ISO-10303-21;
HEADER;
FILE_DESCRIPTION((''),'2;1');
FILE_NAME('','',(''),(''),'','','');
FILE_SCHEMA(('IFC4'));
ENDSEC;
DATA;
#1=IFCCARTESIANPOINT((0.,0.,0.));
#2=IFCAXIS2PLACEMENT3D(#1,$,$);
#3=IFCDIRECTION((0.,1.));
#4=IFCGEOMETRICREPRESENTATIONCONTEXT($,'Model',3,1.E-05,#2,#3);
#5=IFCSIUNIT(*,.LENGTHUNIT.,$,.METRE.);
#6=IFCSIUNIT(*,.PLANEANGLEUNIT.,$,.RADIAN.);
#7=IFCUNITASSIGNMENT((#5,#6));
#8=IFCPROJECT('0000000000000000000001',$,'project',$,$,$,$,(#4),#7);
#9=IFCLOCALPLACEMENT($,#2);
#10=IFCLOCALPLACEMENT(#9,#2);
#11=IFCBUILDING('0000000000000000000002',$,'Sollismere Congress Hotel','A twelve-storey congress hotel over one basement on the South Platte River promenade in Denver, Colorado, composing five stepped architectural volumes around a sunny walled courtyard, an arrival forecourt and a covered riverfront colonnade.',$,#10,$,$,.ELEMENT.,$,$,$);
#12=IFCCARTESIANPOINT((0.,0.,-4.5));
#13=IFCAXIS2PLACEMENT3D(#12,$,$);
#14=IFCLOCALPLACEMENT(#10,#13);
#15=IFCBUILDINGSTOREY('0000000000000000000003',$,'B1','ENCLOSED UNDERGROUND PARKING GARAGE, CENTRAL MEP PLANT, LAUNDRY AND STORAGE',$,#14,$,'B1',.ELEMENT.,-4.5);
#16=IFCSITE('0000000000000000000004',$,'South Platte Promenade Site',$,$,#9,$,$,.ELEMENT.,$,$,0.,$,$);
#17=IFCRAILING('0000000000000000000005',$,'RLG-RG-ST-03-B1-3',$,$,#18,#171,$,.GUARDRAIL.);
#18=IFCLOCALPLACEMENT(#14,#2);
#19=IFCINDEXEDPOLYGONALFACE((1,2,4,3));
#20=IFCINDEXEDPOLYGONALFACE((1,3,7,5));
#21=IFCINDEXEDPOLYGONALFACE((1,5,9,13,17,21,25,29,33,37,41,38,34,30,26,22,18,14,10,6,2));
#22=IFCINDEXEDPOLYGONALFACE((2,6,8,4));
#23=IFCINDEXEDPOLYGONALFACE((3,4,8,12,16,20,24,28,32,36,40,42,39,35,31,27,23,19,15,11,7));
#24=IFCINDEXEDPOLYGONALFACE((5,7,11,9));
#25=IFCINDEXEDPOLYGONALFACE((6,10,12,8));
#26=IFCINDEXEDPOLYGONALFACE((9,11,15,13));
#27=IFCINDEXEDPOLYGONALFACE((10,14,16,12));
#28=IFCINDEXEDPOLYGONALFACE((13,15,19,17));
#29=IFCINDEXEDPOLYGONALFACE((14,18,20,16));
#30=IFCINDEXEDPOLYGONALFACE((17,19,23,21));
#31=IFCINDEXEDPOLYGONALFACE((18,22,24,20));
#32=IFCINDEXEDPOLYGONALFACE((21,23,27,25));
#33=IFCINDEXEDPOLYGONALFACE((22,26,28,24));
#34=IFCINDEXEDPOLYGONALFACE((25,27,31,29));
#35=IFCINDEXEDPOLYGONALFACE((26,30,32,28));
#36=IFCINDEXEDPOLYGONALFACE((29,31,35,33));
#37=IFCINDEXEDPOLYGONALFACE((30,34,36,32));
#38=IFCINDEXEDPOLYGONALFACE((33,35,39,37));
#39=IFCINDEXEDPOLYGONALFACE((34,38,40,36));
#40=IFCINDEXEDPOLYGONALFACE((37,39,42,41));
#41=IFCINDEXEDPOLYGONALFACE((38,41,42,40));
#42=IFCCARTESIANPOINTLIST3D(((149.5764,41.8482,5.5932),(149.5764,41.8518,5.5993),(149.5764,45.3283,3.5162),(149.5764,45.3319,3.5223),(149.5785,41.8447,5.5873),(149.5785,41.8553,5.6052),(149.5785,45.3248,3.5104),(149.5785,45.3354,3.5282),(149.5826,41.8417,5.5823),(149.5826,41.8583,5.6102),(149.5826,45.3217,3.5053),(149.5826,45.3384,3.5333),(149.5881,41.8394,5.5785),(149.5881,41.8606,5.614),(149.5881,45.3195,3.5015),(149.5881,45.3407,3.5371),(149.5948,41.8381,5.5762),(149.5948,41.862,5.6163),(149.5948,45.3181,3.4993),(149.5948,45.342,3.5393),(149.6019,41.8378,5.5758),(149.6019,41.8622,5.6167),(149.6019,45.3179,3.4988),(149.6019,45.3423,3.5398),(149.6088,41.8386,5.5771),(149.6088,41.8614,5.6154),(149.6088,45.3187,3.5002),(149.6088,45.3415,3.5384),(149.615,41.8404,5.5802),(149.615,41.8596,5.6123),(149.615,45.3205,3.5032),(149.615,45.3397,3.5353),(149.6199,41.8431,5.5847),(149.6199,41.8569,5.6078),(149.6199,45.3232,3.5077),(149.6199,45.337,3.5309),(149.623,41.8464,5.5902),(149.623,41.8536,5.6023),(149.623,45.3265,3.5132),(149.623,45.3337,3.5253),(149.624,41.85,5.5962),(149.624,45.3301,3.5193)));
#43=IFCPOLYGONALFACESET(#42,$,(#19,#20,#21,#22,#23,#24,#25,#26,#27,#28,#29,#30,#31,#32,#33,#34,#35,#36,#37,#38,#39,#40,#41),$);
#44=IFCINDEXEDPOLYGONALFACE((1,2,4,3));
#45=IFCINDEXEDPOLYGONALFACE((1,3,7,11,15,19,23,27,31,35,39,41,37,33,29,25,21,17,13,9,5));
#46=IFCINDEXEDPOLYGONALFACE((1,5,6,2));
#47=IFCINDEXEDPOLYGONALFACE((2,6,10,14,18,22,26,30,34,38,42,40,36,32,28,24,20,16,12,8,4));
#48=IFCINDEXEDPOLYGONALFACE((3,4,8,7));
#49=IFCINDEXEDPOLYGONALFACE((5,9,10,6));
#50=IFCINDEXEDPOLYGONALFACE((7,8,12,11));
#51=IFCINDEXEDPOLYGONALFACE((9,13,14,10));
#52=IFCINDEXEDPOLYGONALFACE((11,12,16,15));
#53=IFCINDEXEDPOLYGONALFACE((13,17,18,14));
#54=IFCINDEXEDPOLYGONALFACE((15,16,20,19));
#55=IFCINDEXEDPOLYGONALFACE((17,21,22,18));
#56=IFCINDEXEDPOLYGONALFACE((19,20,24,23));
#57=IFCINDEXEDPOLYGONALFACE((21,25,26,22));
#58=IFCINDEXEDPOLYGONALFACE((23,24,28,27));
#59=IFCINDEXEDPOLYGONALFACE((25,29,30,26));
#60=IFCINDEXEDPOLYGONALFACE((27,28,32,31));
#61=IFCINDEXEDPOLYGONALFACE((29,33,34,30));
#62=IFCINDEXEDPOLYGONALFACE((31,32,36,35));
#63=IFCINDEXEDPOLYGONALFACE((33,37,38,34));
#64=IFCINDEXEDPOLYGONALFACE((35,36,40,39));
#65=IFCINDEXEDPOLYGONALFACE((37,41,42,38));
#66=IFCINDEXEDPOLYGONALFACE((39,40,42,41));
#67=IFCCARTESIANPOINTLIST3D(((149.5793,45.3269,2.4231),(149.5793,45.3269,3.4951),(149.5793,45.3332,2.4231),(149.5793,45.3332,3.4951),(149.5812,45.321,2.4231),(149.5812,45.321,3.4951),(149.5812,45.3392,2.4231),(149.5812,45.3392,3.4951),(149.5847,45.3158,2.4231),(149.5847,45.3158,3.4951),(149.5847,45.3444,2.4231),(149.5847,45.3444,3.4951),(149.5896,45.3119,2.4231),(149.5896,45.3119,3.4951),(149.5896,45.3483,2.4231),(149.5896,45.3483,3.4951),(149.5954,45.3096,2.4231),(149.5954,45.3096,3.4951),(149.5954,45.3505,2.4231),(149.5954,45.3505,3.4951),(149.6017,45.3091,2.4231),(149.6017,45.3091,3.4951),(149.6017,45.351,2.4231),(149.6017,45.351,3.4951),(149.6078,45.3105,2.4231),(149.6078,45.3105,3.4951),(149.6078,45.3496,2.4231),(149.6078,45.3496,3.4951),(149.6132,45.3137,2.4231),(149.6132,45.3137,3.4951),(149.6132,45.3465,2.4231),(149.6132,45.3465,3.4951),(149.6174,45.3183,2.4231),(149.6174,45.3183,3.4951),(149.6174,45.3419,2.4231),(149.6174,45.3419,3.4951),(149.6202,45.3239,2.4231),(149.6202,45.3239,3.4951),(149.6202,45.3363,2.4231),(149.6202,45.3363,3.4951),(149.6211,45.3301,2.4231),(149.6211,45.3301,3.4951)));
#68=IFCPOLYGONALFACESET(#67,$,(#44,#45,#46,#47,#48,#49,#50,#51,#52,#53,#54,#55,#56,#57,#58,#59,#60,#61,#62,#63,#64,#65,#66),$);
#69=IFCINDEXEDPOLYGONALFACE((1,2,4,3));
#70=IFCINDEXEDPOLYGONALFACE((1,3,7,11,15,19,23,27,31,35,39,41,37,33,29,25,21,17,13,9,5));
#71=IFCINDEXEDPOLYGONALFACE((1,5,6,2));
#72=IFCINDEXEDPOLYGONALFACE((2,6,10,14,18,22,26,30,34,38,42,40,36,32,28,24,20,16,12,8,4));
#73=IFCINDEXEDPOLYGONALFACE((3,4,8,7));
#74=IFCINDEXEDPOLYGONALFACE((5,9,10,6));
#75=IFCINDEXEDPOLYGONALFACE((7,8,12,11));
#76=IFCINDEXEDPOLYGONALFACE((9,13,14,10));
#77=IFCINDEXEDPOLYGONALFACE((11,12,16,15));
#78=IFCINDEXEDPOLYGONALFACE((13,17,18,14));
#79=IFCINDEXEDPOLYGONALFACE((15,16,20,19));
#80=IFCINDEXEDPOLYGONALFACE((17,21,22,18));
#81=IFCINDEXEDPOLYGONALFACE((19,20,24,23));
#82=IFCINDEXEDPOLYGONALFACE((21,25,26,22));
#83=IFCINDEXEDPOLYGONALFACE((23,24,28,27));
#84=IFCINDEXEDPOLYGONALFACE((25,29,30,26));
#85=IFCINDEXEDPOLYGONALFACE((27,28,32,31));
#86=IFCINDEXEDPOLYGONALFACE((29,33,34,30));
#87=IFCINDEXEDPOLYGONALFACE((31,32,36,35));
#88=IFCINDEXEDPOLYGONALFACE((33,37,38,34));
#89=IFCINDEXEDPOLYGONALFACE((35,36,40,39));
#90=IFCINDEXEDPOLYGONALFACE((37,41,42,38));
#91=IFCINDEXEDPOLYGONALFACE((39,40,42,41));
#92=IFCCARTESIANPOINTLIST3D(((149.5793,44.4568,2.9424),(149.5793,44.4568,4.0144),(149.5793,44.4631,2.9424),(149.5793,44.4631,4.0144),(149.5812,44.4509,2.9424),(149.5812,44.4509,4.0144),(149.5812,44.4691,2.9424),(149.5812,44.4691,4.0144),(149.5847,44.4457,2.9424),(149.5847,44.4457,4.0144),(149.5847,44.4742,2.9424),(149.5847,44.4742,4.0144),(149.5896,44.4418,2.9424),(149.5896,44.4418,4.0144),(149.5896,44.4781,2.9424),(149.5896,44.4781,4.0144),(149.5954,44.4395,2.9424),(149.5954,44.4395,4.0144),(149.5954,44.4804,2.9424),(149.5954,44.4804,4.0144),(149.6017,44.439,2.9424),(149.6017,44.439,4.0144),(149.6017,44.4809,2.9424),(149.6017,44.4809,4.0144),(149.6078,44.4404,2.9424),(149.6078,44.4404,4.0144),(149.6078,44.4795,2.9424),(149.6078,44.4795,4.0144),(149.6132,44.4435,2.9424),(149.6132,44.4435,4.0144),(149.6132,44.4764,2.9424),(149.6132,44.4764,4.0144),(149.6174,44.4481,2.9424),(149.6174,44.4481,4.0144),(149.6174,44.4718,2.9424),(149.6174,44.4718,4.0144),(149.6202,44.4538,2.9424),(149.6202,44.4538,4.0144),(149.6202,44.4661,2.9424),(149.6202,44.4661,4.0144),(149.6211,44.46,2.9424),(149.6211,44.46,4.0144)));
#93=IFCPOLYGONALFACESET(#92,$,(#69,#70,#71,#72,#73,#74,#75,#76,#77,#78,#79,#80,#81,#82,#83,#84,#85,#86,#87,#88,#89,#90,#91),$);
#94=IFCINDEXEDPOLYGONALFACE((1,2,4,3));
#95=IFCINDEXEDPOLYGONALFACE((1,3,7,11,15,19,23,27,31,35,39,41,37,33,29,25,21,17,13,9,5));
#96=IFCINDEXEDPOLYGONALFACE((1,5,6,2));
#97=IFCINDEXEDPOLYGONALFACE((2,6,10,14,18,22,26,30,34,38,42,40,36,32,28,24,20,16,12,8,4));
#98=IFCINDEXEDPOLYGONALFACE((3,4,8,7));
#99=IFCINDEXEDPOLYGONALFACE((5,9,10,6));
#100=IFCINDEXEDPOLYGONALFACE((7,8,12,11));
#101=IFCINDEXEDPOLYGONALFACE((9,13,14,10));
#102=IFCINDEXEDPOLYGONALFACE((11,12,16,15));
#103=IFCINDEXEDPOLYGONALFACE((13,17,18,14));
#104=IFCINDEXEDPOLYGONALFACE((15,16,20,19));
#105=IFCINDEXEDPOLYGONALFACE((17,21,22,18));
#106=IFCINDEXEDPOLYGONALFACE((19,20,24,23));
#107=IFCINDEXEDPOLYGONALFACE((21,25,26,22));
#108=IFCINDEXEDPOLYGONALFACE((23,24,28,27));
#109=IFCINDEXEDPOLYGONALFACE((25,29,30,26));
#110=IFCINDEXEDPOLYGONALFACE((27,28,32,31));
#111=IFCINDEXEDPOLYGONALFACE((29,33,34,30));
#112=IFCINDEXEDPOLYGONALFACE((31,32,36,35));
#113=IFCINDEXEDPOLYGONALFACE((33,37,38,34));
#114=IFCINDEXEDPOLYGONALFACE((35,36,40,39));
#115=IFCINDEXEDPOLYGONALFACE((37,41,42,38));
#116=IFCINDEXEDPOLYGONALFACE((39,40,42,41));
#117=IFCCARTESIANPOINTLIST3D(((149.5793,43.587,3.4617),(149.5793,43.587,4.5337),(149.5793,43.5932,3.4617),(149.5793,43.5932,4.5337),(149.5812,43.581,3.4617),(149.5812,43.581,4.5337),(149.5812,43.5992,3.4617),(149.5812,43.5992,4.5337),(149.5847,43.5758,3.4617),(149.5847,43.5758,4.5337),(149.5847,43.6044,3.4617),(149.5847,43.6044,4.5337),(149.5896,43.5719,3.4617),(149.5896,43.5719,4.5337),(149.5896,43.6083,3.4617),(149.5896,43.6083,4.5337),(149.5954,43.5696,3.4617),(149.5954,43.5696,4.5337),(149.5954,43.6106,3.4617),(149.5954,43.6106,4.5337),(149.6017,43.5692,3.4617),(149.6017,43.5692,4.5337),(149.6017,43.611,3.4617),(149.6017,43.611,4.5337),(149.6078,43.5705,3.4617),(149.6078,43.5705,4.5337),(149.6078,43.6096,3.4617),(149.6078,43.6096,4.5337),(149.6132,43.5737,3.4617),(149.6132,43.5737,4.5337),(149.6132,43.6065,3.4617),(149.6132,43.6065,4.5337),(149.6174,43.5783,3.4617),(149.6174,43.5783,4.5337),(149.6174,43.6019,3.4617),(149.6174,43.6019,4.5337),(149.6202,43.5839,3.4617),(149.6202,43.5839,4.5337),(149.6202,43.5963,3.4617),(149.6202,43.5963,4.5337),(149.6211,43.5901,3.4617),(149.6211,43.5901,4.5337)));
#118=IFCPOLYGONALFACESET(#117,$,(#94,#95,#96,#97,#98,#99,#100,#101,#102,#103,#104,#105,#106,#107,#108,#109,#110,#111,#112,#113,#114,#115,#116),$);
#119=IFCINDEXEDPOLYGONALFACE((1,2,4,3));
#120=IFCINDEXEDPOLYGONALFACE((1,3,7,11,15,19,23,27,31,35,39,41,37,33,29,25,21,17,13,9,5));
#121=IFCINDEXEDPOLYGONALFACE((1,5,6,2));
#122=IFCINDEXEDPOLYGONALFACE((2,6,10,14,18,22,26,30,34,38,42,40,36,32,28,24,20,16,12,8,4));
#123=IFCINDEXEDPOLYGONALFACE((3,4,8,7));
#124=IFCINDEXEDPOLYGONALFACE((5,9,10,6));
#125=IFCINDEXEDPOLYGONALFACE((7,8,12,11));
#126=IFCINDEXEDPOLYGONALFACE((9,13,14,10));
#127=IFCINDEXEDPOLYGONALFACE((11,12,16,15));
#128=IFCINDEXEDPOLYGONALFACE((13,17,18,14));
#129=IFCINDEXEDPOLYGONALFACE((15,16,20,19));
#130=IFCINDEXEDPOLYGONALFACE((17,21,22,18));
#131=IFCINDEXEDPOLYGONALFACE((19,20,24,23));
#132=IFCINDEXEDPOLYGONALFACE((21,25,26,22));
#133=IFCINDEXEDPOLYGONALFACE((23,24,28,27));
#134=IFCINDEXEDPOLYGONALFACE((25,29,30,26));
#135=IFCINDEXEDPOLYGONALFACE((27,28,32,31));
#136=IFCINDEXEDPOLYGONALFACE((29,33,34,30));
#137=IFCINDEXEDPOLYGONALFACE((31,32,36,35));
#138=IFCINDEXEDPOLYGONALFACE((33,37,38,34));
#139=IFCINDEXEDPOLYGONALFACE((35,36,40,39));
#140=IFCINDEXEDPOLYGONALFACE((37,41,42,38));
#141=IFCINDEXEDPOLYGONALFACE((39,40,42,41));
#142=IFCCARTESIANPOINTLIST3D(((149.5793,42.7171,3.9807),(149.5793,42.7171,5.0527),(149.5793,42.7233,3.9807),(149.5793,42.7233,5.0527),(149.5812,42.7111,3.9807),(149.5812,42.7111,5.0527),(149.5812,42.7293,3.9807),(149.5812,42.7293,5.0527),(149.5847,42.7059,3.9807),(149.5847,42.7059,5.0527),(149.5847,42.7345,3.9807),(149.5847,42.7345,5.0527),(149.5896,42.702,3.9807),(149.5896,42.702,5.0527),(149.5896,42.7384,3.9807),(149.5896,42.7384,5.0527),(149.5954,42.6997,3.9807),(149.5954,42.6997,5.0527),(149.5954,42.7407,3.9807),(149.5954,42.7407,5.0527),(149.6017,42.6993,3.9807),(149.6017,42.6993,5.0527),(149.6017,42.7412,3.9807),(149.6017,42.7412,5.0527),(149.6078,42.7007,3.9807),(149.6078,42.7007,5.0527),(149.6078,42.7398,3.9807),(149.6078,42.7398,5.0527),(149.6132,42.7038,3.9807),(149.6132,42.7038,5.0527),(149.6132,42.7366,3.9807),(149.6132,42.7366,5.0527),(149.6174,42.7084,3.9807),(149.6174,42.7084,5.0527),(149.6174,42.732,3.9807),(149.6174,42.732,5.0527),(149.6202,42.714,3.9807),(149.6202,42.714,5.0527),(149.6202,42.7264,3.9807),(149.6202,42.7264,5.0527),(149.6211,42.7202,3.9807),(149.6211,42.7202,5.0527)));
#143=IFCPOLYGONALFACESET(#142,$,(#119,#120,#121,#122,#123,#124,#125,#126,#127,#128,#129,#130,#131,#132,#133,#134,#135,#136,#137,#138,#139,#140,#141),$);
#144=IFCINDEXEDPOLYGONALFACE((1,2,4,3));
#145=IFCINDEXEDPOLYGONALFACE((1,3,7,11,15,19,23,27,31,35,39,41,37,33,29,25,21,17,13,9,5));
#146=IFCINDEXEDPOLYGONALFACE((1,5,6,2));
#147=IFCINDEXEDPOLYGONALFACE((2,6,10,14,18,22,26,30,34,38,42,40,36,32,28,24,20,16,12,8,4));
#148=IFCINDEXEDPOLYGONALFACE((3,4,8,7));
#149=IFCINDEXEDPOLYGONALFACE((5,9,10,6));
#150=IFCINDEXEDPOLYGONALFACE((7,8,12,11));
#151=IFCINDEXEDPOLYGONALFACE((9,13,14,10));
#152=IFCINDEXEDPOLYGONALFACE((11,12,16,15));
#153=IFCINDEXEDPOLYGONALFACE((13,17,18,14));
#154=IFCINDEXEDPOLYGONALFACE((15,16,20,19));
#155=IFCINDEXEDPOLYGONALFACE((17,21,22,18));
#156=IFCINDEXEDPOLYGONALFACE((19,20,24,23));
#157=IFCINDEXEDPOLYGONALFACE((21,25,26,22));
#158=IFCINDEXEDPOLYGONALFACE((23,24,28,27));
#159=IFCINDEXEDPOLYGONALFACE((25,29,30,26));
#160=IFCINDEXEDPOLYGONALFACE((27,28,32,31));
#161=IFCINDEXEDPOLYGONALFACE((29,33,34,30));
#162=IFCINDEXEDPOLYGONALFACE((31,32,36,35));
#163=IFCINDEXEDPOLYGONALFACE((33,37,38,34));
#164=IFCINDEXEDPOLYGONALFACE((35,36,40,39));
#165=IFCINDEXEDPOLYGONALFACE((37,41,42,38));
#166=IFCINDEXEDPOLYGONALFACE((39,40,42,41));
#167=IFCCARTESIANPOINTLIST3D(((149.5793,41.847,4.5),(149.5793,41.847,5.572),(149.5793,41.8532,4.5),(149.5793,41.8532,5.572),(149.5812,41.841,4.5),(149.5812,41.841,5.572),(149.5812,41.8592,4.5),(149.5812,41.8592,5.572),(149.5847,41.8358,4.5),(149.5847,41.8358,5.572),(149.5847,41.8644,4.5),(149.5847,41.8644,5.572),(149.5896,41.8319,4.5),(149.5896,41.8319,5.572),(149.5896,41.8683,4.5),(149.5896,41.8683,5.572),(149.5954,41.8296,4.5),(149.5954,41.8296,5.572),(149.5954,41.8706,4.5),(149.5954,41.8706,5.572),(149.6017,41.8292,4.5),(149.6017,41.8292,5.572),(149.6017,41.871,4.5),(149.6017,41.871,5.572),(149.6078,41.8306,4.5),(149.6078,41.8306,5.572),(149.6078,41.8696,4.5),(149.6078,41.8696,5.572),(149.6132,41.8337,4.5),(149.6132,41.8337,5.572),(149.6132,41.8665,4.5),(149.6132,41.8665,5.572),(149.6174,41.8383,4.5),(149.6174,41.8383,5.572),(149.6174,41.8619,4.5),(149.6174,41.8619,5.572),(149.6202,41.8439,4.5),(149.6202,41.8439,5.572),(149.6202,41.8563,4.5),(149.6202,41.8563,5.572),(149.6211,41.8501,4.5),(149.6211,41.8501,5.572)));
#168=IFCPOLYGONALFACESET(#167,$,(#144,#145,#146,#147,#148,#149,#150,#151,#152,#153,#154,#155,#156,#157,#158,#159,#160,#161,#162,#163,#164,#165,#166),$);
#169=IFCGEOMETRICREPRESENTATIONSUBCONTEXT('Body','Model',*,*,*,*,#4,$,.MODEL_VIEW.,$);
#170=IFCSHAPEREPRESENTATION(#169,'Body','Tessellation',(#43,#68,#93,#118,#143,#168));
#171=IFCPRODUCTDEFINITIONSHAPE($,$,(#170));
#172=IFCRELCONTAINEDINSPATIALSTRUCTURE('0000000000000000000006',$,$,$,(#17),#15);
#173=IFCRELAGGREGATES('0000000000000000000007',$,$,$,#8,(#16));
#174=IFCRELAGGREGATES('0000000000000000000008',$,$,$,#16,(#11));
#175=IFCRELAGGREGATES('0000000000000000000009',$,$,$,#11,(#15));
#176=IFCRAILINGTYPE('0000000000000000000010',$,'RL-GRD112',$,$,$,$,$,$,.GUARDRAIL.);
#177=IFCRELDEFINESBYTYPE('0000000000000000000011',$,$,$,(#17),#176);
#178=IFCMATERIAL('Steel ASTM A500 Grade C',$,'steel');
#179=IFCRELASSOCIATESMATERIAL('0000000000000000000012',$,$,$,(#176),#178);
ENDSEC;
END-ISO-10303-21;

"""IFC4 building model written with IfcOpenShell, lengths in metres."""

from ifc_helpers import new_model, si_unit, direction, frame, origin, origin_2d, place, context, subcontext, project, spatial, circle, extrude, material, type_object, element, save


model = new_model("IFC4")

# Units and contexts
model_context = context("Model", 3, precision=1e-05, world=origin(), true_north=direction((0.0, 1.0)))
body_context = subcontext(model_context, "Body", "Model", "MODEL_VIEW")
ifc_project = project(units=[si_unit("LENGTHUNIT", "METRE"), si_unit("PLANEANGLEUNIT", "RADIAN")], contexts=[model_context])

# Site, building, storey
site_placement = place(None, origin())
site = spatial("IfcSite", under=ifc_project, at=site_placement, Name="South Platte Promenade Site", CompositionType="ELEMENT", RefElevation=0.0)
building_placement = place(site_placement, origin())
building = spatial("IfcBuilding", under=site, at=building_placement, Name="Sollismere Congress Hotel", Description="A twelve-storey congress hotel over one basement on the South Platte River promenade in Denver, Colorado, composing five stepped architectural volumes around a sunny walled courtyard, an arrival forecourt and a covered riverfront colonnade.", CompositionType="ELEMENT")
storey_placement = place(building_placement, frame((0.0, 0.0, -4.5)))
storey = spatial("IfcBuildingStorey", under=building, at=storey_placement, Name="B1", Description="ENCLOSED UNDERGROUND PARKING GARAGE, CENTRAL MEP PLANT, LAUNDRY AND STORAGE", LongName="B1", CompositionType="ELEMENT", Elevation=-4.5)

# Railing
ifc_material_1 = material(Name="Steel ASTM A500 Grade C", Category="steel")
railing_type_1 = type_object("IfcRailingType", Name="RL-GRD112", PredefinedType="GUARDRAIL", material=ifc_material_1)
railing_1_placement = place(storey_placement, frame((149.6001, 45.3301, 2.4231)))
element("IfcRailing", 1, at=railing_1_placement, inside=storey, type_object=railing_type_1, Name="RLG-RG-ST-03-B1-3", PredefinedType="GUARDRAIL", context=body_context, shape_type="SweptSolid", body=[
    extrude(circle(Radius=0.0239, at=origin_2d()), frame((0.0, 0.0, 1.0962), z_axis=(0.0, -0.858697, 0.512483), x_axis=(1.0, 0.0, 0.0)), (0.0, 0.0, 1.0), 4.0527),
    extrude(circle(Radius=0.021, at=origin_2d()), origin(), (0.0, 0.0, 1.0), 1.072),
    extrude(circle(Radius=0.021, at=origin_2d()), frame((0.0, -0.8701, 0.5193)), (0.0, 0.0, 1.0), 1.072),
    extrude(circle(Radius=0.021, at=origin_2d()), frame((0.0, -1.74, 1.0386)), (0.0, 0.0, 1.0), 1.072),
    extrude(circle(Radius=0.021, at=origin_2d()), frame((0.0, -2.6099, 1.5576)), (0.0, 0.0, 1.0), 1.072),
    extrude(circle(Radius=0.021, at=origin_2d()), frame((0.0, -3.48, 2.0769)), (0.0, 0.0, 1.0), 1.072),
])

save(model, "model.ifc")
